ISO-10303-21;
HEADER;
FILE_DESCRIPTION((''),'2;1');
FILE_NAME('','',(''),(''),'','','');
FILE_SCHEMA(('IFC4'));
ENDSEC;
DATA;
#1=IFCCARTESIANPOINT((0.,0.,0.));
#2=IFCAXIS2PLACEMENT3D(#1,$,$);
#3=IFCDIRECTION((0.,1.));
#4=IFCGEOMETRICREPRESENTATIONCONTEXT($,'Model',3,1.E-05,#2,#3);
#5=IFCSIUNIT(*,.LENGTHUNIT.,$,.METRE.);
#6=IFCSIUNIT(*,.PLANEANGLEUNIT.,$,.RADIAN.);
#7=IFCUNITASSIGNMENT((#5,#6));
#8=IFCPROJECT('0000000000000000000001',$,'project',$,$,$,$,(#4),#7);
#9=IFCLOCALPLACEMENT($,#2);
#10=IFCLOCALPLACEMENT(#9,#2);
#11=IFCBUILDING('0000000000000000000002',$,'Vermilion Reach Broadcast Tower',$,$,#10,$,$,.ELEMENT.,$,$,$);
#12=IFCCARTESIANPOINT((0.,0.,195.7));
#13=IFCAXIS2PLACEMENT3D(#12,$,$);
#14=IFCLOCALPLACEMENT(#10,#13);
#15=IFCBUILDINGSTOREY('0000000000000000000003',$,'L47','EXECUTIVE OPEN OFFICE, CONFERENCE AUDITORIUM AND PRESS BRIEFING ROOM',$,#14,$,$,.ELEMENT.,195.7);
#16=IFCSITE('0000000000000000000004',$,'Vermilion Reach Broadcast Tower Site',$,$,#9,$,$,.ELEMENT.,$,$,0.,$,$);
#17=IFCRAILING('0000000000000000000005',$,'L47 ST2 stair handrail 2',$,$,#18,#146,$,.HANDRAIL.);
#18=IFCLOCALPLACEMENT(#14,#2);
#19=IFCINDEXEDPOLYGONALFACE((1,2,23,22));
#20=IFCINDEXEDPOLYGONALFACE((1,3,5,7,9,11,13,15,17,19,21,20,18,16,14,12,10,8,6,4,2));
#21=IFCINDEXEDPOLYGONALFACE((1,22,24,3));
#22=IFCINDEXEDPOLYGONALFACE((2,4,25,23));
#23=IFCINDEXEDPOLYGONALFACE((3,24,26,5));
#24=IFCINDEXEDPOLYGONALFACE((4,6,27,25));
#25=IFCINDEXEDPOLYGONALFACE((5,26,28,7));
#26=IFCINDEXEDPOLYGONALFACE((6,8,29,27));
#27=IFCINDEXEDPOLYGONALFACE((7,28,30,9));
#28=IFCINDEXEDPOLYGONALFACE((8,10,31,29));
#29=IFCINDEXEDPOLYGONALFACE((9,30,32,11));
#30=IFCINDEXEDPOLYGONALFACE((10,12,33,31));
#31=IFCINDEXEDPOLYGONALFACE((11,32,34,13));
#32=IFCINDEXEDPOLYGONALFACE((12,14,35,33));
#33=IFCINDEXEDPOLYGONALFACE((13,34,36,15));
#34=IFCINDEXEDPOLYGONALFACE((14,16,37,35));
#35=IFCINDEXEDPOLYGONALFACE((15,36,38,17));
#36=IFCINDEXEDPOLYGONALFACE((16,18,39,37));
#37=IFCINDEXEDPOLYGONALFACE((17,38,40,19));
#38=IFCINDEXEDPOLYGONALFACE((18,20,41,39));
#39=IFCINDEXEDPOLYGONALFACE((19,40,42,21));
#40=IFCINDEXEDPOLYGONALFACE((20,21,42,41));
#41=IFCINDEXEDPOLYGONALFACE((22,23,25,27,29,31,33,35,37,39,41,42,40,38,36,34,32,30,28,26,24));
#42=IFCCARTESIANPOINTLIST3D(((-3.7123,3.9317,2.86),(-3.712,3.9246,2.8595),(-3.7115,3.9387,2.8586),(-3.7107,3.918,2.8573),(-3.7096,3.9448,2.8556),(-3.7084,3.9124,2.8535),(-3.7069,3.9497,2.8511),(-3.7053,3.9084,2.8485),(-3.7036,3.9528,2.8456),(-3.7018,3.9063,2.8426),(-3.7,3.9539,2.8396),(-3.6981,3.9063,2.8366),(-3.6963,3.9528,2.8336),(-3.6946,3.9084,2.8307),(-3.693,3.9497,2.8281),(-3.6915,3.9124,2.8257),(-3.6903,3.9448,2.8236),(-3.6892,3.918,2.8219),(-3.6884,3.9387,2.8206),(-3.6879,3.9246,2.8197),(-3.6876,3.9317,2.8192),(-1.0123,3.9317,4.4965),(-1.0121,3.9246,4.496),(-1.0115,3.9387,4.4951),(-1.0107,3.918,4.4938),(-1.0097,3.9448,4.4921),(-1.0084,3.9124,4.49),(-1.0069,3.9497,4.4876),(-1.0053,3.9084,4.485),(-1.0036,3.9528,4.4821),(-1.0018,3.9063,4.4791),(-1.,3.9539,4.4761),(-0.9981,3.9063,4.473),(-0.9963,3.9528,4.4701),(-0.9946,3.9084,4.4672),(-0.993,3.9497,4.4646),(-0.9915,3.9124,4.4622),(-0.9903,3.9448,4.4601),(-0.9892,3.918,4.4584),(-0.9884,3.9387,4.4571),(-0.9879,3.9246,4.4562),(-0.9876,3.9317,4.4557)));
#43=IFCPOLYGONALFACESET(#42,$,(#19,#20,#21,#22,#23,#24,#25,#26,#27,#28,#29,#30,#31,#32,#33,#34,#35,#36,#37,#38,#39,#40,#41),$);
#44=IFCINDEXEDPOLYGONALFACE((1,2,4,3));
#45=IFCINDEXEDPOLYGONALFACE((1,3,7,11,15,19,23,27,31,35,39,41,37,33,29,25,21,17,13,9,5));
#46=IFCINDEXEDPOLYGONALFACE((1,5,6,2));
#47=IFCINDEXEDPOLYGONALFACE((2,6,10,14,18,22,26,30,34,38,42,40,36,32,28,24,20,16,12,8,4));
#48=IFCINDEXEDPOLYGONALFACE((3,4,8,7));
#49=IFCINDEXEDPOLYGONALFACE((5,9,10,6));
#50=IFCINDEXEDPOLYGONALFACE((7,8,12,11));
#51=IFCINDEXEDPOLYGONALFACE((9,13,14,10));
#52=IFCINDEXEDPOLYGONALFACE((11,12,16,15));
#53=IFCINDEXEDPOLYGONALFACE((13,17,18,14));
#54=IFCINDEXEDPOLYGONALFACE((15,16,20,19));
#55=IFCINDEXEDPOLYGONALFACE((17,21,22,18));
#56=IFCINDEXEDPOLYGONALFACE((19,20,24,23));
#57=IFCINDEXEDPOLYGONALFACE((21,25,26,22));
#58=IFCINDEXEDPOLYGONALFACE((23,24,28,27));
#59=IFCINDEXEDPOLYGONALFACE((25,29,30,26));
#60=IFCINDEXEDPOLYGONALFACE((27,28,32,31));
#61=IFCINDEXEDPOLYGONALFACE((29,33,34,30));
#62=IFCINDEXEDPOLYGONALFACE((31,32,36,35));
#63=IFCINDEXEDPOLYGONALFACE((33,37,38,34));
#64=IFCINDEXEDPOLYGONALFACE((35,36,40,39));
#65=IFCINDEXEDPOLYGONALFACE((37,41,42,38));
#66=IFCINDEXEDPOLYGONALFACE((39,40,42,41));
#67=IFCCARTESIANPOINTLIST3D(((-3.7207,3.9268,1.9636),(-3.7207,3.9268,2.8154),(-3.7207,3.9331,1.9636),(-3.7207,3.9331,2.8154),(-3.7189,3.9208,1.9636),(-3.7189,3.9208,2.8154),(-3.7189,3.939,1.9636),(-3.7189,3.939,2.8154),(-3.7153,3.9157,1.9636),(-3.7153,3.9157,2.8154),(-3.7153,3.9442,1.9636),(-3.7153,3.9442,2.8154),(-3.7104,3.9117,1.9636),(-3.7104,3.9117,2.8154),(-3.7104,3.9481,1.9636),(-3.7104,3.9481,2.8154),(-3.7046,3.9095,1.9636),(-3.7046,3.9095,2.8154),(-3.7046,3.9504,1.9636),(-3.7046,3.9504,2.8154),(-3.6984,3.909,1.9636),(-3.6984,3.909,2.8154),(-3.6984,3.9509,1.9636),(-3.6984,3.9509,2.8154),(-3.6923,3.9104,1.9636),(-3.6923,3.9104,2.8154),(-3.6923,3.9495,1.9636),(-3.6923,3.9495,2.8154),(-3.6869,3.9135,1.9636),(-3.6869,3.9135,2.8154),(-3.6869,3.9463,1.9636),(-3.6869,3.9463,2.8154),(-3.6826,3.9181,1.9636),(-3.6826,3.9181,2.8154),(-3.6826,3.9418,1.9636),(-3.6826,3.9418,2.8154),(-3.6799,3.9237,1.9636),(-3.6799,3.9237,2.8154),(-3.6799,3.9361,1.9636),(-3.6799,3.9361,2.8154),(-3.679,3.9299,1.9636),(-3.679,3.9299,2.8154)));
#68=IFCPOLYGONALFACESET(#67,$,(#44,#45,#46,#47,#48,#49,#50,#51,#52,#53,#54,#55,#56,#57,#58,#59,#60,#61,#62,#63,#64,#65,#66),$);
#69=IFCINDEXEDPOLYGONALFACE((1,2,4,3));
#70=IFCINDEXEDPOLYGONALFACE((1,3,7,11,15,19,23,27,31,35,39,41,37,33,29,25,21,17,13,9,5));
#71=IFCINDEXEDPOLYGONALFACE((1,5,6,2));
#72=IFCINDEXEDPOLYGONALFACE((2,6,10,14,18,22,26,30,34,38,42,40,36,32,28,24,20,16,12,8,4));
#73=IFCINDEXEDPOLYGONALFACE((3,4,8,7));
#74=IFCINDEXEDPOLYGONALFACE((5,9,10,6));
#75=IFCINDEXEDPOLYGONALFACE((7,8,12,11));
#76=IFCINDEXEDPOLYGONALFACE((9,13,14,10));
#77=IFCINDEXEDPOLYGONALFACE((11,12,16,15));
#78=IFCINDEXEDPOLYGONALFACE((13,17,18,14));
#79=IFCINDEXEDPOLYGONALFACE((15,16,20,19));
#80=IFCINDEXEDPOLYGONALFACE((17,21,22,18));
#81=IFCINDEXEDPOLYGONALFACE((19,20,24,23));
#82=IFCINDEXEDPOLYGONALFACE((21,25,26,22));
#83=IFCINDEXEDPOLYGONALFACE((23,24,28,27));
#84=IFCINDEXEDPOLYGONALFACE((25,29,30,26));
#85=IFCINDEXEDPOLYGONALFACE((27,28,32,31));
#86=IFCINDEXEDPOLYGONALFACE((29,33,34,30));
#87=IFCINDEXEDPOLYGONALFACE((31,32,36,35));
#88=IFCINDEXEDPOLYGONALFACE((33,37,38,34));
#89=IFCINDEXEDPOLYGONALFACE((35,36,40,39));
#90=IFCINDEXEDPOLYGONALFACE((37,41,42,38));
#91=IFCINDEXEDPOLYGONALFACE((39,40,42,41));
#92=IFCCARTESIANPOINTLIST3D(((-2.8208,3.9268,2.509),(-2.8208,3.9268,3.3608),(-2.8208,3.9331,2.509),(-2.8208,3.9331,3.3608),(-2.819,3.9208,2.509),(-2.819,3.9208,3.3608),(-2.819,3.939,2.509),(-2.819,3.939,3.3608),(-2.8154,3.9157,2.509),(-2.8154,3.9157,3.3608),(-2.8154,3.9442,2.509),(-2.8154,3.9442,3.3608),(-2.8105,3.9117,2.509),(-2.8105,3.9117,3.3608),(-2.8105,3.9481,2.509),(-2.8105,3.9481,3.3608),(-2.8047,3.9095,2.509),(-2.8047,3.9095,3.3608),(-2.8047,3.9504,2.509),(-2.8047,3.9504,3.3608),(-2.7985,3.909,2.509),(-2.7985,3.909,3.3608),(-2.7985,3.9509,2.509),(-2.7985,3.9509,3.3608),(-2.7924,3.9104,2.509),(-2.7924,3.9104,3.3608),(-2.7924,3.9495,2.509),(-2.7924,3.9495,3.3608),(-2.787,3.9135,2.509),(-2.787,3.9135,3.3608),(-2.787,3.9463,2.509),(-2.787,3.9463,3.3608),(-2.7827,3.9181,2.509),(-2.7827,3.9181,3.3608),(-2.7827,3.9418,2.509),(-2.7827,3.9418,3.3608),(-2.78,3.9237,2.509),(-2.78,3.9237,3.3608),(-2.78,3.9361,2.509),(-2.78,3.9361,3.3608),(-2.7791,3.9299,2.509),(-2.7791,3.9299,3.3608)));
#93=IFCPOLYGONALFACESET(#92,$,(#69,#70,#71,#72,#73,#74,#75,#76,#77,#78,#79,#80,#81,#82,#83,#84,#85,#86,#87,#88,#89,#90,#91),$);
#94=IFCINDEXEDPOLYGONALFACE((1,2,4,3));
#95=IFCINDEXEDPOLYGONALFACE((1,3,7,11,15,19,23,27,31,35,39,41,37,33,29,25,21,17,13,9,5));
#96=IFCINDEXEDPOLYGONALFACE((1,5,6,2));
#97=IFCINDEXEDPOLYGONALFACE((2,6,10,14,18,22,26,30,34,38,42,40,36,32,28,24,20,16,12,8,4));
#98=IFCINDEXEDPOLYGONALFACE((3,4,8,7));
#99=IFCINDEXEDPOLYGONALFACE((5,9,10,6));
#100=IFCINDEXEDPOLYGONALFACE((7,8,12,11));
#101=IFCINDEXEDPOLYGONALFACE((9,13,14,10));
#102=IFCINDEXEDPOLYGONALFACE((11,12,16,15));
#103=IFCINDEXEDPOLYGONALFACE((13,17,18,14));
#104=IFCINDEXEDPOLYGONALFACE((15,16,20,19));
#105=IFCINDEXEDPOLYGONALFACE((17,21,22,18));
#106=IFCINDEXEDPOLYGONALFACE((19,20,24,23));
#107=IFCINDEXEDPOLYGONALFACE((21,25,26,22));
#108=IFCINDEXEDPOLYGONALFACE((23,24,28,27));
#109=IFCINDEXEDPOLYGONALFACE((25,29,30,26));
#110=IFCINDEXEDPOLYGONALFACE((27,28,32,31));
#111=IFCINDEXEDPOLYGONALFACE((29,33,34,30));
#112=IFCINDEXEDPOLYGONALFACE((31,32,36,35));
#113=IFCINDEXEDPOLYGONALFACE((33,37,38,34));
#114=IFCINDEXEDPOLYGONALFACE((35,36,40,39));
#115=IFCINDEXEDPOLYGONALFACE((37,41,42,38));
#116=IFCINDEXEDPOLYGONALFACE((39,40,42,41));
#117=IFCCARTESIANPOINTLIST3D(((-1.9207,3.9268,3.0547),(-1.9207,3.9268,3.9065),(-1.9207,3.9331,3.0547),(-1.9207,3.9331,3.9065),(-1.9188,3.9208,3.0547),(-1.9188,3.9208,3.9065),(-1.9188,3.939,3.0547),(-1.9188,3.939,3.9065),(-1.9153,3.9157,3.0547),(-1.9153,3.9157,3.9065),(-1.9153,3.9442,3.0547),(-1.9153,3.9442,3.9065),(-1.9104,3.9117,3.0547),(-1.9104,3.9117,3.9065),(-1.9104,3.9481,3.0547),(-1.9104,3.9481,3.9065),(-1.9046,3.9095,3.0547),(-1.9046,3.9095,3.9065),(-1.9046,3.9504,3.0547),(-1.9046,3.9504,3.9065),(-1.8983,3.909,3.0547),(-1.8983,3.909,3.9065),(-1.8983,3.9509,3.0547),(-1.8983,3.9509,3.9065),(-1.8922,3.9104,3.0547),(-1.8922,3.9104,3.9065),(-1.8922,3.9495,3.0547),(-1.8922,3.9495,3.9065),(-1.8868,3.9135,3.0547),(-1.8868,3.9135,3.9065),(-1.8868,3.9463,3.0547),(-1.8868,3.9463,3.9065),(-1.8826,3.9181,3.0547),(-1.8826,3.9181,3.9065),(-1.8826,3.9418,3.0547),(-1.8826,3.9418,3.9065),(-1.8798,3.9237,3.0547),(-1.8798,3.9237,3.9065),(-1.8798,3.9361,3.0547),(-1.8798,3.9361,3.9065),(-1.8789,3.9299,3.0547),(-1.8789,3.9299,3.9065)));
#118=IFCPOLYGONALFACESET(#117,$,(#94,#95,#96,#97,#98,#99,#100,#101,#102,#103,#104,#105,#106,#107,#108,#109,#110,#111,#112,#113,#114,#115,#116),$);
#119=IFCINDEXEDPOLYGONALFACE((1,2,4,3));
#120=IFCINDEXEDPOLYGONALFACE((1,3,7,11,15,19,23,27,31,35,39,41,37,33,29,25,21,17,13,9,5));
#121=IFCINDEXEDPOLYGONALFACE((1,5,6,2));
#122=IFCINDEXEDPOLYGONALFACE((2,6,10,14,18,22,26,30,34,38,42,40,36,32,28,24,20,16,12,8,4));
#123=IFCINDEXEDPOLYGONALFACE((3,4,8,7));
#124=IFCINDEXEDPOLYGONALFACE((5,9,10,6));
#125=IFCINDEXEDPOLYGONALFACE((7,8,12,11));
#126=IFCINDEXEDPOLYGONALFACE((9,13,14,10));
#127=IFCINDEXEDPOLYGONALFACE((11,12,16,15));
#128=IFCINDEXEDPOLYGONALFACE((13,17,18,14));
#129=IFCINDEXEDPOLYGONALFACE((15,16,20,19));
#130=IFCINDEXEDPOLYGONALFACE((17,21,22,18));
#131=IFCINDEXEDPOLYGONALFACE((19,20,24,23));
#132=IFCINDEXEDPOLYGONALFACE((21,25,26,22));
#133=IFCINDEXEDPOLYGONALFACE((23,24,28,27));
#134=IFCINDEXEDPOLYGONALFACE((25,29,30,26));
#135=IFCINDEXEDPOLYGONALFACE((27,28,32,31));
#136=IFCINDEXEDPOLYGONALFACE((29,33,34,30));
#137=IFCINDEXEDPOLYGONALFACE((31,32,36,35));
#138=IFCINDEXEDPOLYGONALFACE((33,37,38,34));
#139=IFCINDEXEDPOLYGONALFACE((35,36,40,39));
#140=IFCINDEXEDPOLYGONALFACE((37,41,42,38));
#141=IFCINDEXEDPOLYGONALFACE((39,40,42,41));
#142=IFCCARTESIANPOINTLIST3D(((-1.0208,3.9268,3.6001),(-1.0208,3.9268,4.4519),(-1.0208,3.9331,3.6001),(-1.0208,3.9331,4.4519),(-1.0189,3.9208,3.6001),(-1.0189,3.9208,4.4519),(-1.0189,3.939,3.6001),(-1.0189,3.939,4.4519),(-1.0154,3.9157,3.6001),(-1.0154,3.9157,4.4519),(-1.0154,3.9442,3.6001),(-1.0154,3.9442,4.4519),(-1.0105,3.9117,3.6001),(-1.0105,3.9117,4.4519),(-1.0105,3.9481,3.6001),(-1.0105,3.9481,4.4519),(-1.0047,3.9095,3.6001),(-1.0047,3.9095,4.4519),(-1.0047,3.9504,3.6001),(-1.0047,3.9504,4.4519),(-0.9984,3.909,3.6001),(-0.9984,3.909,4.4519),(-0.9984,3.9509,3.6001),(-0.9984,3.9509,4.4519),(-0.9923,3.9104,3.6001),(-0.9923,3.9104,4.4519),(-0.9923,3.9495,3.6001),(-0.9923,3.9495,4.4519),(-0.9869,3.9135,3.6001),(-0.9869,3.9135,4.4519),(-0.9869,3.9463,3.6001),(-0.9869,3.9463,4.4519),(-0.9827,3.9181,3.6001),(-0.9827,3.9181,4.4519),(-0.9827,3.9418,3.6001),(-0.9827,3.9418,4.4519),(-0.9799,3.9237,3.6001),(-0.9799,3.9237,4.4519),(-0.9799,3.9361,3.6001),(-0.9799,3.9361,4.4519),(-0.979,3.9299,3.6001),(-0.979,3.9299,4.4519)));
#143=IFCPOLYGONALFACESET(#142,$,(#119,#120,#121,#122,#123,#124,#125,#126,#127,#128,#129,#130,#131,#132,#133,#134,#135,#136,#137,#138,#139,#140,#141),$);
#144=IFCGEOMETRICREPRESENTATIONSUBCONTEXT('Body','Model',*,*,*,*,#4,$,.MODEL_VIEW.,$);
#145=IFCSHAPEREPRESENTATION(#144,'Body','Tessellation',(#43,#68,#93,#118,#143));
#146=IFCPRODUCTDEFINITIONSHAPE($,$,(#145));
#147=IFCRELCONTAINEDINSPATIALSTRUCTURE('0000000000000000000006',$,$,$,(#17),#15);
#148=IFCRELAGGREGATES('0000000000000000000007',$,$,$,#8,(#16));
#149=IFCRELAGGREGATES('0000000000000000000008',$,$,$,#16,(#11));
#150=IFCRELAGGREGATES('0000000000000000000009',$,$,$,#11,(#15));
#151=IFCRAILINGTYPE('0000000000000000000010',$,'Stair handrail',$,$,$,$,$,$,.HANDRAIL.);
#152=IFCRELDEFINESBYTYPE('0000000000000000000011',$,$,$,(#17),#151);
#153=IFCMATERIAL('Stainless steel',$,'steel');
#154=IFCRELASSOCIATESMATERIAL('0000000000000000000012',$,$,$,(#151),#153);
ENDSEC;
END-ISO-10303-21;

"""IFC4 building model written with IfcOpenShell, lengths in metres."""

from ifc_helpers import new_model, si_unit, direction, frame, origin, origin_2d, place, context, subcontext, project, spatial, circle, extrude, material, type_object, element, save


model = new_model("IFC4")

# Units and contexts
model_context = context("Model", 3, precision=1e-05, world=origin(), true_north=direction((0.0, 1.0)))
body_context = subcontext(model_context, "Body", "Model", "MODEL_VIEW")
ifc_project = project(units=[si_unit("LENGTHUNIT", "METRE"), si_unit("PLANEANGLEUNIT", "RADIAN")], contexts=[model_context])

# Site, building, storey
site_placement = place(None, origin())
site = spatial("IfcSite", under=ifc_project, at=site_placement, Name="Vermilion Reach Broadcast Tower Site", CompositionType="ELEMENT", RefElevation=0.0)
building_placement = place(site_placement, origin())
building = spatial("IfcBuilding", under=site, at=building_placement, Name="Vermilion Reach Broadcast Tower", CompositionType="ELEMENT")
storey_placement = place(building_placement, frame((0.0, 0.0, 195.7)))
storey = spatial("IfcBuildingStorey", under=building, at=storey_placement, Name="L47", Description="EXECUTIVE OPEN OFFICE, CONFERENCE AUDITORIUM AND PRESS BRIEFING ROOM", CompositionType="ELEMENT", Elevation=195.7)

# Railing
ifc_material_1 = material(Name="Stainless steel", Category="steel")
railing_type_1 = type_object("IfcRailingType", Name="Stair handrail", PredefinedType="HANDRAIL", material=ifc_material_1)
railing_1_placement = place(storey_placement, frame((-3.7, 3.9299, 1.9636)))
element("IfcRailing", 1, at=railing_1_placement, inside=storey, type_object=railing_type_1, Name="L47 ST2 stair handrail 2", PredefinedType="HANDRAIL", context=body_context, shape_type="SweptSolid", body=[
    extrude(circle(Radius=0.0239, at=origin_2d()), frame((0.0, 0.0, 0.876), z_axis=(0.855178, 0.0, 0.518334), x_axis=(0.0, 1.0, 0.0)), (0.0, 0.0, 1.0), 3.1572),
    extrude(circle(Radius=0.021, at=origin_2d()), origin(), (0.0, 0.0, 1.0), 0.8518),
    extrude(circle(Radius=0.021, at=origin_2d()), frame((0.8999, 0.0, 0.5454)), (0.0, 0.0, 1.0), 0.8518),
    extrude(circle(Radius=0.021, at=origin_2d()), frame((1.8, 0.0, 1.0911)), (0.0, 0.0, 1.0), 0.8518),
    extrude(circle(Radius=0.021, at=origin_2d()), frame((2.7, 0.0, 1.6365)), (0.0, 0.0, 1.0), 0.8518),
])

save(model, "model.ifc")
